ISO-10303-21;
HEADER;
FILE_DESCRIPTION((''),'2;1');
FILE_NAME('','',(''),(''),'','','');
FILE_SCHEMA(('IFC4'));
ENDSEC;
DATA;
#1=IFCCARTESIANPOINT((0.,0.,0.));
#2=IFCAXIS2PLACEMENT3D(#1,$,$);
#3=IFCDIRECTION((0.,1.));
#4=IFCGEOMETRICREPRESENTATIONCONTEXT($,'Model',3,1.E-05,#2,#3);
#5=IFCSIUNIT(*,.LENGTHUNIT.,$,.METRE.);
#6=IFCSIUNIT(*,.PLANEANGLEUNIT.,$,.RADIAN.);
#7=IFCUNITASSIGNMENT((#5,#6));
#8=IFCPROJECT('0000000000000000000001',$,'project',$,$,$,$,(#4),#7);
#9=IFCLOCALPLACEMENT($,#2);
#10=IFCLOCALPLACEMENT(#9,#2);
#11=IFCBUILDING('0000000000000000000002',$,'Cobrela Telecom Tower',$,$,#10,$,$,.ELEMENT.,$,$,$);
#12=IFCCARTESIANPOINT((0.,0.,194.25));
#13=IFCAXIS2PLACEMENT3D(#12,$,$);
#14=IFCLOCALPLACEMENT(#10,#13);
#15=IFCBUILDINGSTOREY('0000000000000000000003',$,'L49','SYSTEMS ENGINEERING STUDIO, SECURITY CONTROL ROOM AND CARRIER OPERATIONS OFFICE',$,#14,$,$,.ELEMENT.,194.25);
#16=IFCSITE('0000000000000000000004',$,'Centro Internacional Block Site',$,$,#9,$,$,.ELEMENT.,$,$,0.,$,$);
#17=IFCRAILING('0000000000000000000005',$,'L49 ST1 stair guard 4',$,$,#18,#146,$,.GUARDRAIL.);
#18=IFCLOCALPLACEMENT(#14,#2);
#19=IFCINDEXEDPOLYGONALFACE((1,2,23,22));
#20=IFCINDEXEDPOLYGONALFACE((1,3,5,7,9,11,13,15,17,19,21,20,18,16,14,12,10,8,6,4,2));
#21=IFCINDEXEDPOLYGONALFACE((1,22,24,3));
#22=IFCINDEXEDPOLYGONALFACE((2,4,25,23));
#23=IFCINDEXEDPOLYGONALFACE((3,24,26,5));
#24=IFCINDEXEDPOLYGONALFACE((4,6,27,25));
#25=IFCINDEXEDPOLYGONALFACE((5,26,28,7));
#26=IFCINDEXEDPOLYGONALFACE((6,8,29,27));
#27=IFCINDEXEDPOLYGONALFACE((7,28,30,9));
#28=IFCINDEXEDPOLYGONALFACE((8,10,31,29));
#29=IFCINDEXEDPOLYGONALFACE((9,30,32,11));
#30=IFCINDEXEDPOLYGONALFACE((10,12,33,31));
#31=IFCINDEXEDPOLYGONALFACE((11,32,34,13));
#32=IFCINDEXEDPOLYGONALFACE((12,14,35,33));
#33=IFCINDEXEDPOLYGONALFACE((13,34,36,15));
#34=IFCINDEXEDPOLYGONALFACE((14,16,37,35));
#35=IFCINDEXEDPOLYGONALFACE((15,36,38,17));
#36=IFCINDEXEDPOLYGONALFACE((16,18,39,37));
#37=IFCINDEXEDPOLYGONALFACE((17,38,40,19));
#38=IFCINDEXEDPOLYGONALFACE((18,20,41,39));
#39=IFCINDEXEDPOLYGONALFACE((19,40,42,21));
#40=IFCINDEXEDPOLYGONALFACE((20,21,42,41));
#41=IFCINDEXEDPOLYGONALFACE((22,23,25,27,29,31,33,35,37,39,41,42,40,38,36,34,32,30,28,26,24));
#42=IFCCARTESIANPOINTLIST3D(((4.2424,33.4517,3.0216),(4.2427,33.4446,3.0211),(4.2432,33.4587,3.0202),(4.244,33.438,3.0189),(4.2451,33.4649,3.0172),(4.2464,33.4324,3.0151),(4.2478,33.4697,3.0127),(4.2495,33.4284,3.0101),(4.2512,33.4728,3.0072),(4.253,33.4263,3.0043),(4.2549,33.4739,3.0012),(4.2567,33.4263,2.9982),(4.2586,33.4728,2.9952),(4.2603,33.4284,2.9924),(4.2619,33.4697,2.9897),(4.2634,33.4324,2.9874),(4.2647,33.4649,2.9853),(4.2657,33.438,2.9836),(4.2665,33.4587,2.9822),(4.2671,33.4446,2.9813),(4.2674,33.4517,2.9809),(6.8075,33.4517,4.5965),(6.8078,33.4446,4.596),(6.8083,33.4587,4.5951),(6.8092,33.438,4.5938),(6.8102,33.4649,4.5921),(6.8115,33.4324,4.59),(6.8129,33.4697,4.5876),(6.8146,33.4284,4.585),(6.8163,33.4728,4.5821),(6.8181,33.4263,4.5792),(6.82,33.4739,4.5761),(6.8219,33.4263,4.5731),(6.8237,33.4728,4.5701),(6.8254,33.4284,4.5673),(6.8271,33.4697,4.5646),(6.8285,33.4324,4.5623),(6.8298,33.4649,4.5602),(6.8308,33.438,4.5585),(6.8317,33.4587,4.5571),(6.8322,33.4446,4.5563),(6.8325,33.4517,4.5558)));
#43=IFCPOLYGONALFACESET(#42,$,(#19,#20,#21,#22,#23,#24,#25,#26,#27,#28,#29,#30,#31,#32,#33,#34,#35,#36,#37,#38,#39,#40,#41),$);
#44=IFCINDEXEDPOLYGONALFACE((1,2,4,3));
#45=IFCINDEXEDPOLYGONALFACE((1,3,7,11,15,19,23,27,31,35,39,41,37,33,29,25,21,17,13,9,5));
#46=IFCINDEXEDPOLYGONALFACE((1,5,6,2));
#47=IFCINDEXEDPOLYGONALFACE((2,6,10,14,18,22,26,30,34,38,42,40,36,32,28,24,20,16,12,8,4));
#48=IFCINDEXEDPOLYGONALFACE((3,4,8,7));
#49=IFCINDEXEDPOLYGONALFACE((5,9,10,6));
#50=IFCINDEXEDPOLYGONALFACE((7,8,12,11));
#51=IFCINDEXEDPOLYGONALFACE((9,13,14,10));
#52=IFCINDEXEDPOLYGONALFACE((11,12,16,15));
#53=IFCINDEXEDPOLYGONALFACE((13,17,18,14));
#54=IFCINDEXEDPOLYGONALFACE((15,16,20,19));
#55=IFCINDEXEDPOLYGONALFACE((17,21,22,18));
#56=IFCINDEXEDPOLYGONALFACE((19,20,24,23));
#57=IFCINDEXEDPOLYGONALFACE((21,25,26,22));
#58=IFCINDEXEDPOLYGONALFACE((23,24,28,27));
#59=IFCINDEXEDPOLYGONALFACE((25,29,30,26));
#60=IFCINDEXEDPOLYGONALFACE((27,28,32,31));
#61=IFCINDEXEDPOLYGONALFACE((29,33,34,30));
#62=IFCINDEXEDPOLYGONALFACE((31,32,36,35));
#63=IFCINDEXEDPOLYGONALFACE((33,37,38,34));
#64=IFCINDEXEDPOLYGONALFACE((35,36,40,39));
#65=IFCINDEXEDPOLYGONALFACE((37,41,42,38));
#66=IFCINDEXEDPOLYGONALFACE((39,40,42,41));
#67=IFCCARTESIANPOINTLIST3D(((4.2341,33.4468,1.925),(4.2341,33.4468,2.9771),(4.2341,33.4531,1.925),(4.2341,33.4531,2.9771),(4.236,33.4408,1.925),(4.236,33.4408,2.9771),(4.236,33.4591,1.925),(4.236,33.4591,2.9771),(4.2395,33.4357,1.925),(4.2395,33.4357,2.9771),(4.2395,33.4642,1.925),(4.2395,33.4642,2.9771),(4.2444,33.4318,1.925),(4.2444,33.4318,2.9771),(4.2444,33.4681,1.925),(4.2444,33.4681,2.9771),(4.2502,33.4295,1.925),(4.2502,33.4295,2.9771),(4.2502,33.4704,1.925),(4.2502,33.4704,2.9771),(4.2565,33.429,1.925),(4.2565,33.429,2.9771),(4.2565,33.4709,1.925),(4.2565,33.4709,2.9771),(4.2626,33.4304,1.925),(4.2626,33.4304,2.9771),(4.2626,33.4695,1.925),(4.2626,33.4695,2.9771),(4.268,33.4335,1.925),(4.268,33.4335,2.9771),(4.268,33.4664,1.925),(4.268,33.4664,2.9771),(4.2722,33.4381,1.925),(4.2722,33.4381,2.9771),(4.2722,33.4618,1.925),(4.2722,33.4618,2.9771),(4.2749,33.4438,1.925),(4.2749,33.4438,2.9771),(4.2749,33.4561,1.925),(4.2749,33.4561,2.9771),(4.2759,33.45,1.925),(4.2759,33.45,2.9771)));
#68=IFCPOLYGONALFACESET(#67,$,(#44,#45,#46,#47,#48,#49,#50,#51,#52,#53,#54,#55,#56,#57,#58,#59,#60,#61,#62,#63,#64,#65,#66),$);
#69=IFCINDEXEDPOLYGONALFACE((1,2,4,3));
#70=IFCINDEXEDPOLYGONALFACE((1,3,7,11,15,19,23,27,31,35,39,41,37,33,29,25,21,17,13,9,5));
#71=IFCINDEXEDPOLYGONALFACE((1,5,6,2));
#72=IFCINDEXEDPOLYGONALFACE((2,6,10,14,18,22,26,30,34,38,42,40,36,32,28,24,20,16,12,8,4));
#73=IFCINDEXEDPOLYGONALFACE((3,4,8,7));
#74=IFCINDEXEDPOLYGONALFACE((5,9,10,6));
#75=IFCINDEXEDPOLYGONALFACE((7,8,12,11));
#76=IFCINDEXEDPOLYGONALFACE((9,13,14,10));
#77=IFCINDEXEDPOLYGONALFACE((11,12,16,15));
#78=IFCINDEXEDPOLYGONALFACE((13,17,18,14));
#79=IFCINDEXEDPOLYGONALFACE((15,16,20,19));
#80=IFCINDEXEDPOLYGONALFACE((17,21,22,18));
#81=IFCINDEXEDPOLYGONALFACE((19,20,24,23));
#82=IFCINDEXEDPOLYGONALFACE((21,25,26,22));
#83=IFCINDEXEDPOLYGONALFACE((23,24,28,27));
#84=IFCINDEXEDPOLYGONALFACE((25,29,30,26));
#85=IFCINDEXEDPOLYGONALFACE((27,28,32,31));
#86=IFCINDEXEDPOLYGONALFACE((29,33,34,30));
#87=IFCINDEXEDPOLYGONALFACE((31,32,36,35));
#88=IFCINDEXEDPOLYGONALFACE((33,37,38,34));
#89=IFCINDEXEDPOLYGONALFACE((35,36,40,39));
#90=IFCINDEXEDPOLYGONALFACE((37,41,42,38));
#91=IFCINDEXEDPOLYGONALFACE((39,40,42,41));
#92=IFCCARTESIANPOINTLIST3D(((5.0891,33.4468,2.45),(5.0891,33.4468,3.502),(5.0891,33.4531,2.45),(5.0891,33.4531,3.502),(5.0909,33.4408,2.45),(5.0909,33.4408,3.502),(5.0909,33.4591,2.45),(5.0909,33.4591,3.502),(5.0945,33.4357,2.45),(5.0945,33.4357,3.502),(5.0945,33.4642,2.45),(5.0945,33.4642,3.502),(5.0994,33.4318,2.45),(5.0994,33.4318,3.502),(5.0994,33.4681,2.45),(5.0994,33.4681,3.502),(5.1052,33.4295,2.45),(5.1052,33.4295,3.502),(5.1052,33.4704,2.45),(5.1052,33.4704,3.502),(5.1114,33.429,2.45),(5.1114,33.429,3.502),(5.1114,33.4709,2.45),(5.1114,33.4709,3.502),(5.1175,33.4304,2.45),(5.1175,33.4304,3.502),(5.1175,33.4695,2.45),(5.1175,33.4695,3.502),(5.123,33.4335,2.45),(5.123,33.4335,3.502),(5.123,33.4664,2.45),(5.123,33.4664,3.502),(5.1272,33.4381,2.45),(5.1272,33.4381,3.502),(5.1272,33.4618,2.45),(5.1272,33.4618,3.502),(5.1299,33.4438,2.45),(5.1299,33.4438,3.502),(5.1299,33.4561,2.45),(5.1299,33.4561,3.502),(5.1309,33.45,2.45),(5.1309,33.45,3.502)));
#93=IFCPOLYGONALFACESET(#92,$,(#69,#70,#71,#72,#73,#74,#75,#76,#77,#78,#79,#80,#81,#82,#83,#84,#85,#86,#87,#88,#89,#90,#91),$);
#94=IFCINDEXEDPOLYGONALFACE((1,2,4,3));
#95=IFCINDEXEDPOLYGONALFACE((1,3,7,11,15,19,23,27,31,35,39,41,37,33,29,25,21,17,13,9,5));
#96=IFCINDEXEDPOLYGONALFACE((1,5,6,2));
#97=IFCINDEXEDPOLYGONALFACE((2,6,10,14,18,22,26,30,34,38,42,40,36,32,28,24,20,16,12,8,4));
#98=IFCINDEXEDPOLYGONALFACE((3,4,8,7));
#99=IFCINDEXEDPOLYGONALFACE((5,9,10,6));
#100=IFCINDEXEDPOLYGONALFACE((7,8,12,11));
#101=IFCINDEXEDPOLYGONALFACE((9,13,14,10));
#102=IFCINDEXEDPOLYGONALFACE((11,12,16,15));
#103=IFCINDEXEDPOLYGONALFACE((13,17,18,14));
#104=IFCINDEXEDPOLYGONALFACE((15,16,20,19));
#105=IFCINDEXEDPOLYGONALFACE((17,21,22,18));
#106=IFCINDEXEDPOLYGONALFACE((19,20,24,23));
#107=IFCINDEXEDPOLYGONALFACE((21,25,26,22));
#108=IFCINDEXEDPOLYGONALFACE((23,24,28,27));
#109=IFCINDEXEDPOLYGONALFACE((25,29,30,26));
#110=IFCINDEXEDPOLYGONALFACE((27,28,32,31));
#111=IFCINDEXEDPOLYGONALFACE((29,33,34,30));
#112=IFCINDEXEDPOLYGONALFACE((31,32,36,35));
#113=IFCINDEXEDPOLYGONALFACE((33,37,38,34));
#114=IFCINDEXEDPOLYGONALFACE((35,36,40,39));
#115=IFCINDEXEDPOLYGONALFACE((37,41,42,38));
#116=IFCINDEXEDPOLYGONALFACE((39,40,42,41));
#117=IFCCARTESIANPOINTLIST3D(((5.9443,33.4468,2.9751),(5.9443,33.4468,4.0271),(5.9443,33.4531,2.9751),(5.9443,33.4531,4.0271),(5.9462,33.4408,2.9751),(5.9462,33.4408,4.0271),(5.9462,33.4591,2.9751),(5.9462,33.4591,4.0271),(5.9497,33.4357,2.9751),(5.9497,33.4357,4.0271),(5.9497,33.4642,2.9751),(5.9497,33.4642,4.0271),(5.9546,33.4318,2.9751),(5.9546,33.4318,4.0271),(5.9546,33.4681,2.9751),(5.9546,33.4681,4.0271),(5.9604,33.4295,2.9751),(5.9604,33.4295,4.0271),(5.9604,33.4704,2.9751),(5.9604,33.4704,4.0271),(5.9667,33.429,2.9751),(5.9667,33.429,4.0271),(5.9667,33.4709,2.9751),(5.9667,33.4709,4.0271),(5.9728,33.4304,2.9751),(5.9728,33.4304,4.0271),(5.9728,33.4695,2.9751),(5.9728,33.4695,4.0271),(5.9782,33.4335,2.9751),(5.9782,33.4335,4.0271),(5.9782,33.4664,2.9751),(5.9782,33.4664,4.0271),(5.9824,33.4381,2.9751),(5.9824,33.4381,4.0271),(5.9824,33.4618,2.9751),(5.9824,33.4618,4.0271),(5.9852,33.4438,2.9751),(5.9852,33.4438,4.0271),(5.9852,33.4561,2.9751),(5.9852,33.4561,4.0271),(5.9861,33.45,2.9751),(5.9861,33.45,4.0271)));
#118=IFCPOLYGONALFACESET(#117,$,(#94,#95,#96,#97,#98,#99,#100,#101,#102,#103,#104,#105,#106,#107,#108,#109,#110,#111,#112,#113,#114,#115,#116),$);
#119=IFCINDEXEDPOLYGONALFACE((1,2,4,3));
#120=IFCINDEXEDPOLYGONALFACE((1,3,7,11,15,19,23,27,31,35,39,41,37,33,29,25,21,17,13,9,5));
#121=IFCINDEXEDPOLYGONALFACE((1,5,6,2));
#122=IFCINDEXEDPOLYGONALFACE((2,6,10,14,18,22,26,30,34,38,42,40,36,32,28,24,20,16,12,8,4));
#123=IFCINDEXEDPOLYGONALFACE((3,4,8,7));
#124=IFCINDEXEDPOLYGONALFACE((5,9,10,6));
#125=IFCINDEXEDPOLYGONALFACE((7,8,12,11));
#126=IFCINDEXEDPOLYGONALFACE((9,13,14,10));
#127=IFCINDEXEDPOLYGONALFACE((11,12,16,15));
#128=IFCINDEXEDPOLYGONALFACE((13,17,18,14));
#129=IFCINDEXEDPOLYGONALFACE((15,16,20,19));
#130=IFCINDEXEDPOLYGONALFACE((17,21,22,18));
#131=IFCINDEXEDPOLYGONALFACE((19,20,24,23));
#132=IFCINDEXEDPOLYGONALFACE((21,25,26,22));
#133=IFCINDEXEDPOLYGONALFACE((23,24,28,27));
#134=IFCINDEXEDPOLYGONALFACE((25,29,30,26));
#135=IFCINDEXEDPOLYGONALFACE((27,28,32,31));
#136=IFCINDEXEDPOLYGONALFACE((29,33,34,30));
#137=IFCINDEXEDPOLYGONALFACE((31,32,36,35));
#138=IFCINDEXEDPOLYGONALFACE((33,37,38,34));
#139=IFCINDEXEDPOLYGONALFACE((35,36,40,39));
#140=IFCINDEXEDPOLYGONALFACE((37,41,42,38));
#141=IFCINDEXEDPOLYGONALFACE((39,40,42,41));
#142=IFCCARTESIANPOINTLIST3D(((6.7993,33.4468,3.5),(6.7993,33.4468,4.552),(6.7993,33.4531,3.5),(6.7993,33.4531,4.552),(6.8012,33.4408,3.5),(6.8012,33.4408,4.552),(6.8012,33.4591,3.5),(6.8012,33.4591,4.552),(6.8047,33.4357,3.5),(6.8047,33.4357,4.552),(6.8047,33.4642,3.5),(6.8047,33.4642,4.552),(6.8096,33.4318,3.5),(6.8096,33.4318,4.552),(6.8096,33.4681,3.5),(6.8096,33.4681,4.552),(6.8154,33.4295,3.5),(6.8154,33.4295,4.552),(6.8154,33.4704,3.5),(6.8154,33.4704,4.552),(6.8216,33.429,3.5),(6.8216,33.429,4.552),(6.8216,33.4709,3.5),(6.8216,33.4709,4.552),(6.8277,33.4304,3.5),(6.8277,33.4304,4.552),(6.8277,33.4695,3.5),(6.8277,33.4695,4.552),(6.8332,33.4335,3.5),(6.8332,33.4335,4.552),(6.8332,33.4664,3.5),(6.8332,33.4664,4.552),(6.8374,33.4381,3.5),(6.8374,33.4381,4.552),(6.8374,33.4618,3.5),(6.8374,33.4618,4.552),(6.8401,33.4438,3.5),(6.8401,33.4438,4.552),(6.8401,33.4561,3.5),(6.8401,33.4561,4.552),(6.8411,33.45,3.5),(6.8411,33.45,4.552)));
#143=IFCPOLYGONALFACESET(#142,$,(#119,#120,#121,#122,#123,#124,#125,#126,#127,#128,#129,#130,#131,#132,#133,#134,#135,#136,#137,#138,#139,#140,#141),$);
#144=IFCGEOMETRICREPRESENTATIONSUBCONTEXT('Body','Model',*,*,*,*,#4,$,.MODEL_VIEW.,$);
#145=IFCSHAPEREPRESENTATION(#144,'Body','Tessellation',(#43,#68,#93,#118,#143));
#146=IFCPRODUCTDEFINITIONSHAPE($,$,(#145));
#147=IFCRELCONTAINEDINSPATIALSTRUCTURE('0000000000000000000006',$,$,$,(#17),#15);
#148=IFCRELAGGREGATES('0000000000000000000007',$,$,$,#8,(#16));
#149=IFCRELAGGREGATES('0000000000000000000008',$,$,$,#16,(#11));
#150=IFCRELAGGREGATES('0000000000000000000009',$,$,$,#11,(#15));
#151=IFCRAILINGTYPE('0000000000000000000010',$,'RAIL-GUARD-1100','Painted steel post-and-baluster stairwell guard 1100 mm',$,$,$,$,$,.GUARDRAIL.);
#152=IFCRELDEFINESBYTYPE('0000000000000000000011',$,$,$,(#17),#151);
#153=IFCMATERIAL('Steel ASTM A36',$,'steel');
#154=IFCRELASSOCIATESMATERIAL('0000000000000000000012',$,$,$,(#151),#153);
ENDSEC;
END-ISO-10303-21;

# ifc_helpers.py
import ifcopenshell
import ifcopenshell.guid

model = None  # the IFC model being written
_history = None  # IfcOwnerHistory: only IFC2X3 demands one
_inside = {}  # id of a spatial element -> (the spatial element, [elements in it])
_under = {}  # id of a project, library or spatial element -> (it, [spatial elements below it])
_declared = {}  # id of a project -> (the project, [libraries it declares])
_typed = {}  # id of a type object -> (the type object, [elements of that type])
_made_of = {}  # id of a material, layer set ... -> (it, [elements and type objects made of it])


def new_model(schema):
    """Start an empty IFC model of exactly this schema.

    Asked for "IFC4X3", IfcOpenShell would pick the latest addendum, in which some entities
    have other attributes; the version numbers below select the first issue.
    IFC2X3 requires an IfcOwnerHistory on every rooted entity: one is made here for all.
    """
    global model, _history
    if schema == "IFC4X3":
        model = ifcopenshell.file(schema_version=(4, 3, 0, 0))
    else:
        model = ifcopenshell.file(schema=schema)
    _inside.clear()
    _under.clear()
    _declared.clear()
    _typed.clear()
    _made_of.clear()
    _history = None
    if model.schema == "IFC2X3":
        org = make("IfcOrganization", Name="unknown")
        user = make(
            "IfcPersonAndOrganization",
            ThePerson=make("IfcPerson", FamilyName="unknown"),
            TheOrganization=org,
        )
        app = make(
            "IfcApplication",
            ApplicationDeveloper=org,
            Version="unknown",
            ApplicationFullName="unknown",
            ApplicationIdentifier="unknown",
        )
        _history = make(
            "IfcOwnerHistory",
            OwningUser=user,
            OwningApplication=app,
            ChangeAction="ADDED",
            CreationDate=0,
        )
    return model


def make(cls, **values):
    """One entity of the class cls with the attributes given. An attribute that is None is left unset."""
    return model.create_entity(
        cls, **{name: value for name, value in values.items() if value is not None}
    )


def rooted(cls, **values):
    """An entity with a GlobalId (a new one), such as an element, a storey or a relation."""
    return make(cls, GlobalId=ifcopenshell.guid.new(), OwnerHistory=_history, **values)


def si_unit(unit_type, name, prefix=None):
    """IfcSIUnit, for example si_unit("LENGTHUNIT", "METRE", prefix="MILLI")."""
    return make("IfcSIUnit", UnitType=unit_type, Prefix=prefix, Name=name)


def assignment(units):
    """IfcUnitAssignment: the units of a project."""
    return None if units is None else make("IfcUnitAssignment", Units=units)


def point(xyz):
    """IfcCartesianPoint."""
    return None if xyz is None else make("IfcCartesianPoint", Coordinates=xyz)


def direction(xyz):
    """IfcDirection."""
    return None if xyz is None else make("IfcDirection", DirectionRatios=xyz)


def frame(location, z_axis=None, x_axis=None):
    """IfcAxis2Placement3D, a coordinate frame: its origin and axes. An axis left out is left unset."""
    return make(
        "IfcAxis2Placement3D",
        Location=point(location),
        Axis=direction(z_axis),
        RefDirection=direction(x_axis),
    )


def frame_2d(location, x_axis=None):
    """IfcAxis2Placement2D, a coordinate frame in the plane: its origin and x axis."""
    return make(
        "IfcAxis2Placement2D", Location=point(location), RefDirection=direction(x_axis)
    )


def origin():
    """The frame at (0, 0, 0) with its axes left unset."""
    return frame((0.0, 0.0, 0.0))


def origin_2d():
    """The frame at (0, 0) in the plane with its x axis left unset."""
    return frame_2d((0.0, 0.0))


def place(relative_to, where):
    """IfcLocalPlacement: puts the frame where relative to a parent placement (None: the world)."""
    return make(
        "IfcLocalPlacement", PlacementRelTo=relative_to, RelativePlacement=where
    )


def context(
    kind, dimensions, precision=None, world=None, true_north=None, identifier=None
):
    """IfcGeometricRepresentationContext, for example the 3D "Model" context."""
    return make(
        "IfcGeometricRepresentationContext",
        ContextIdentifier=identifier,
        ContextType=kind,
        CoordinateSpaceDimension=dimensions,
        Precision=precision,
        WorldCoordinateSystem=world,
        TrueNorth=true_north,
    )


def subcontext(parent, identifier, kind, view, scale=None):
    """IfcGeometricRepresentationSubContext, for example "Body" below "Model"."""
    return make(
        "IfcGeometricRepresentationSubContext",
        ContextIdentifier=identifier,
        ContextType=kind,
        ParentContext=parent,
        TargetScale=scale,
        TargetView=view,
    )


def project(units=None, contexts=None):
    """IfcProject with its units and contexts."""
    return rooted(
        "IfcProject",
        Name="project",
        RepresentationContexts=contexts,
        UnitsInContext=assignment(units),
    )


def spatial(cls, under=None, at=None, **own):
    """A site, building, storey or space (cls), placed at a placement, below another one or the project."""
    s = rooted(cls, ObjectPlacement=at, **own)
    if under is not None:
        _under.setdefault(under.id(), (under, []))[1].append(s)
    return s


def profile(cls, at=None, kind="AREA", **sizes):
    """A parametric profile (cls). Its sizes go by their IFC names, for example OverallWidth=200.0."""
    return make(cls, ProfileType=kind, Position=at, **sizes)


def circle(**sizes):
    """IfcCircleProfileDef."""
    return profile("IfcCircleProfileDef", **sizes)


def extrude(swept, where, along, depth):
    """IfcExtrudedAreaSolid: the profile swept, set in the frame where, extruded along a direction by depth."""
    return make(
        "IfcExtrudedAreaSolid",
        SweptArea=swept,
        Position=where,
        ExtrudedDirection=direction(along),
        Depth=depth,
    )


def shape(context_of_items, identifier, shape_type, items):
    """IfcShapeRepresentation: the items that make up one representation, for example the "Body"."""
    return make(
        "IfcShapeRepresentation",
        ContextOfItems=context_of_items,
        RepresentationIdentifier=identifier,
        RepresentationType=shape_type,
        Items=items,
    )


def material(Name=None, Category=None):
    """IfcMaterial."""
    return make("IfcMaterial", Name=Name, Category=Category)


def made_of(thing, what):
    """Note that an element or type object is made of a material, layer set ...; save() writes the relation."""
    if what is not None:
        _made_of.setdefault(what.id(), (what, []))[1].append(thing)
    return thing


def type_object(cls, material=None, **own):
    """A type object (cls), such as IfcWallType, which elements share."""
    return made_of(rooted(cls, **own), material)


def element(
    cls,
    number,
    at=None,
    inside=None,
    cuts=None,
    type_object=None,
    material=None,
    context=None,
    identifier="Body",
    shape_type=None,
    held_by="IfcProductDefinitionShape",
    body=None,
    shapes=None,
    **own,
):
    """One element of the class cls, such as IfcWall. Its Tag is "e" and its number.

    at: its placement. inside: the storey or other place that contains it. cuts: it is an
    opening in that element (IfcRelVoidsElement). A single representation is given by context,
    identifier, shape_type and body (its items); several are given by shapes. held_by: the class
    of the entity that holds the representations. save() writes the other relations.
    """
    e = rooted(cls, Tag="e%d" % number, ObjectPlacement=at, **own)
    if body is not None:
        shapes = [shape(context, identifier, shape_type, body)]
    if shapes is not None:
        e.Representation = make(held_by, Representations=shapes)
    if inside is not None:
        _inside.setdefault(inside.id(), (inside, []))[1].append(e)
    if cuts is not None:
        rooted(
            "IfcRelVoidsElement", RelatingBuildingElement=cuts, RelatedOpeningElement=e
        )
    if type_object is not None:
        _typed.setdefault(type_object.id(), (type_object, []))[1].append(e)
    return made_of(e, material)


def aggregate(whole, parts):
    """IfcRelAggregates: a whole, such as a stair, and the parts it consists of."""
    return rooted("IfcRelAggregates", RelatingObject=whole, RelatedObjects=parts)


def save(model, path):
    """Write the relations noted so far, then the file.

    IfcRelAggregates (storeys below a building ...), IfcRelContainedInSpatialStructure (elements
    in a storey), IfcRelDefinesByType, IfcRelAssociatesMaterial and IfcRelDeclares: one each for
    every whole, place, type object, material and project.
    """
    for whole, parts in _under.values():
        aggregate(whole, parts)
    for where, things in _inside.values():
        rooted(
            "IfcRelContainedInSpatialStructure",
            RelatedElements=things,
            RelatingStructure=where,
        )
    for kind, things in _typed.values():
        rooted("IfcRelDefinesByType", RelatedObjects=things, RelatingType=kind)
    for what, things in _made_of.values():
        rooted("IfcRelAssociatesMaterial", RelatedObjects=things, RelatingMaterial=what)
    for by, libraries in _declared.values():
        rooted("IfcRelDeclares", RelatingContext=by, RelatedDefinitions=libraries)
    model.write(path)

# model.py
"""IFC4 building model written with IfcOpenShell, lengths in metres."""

from ifc_helpers import new_model, si_unit, direction, frame, origin, origin_2d, place, context, subcontext, project, spatial, circle, extrude, material, type_object, element, save


model = new_model("IFC4")

# Units and contexts
model_context = context("Model", 3, precision=1e-05, world=origin(), true_north=direction((0.0, 1.0)))
body_context = subcontext(model_context, "Body", "Model", "MODEL_VIEW")
ifc_project = project(units=[si_unit("LENGTHUNIT", "METRE"), si_unit("PLANEANGLEUNIT", "RADIAN")], contexts=[model_context])

# Site, building, storey
site_placement = place(None, origin())
site = spatial("IfcSite", under=ifc_project, at=site_placement, Name="Centro Internacional Block Site", CompositionType="ELEMENT", RefElevation=0.0)
building_placement = place(site_placement, origin())
building = spatial("IfcBuilding", under=site, at=building_placement, Name="Cobrela Telecom Tower", CompositionType="ELEMENT")
storey_placement = place(building_placement, frame((0.0, 0.0, 194.25)))
storey = spatial("IfcBuildingStorey", under=building, at=storey_placement, Name="L49", Description="SYSTEMS ENGINEERING STUDIO, SECURITY CONTROL ROOM AND CARRIER OPERATIONS OFFICE", CompositionType="ELEMENT", Elevation=194.25)

# Shared definitions
ifc_material_1 = material(Name="Steel ASTM A36", Category="steel")

# Railing
railing_type_1 = type_object("IfcRailingType", Name="RAIL-GUARD-1100", Description="Painted steel post-and-baluster stairwell guard 1100 mm", PredefinedType="GUARDRAIL", material=ifc_material_1)
railing_1_placement = place(storey_placement, frame((4.2549, 33.45, 1.925)))
element("IfcRailing", 1, at=railing_1_placement, inside=storey, type_object=railing_type_1, Name="L49 ST1 stair guard 4", PredefinedType="GUARDRAIL", context=body_context, shape_type="SweptSolid", body=[
    extrude(circle(Radius=0.0239, at=origin_2d()), frame((0.0, 0.0, 1.0762), z_axis=(0.852195, 0.0, 0.523224), x_axis=(0.0, 1.0, 0.0)), (0.0, 0.0, 1.0), 3.01),
    extrude(circle(Radius=0.021, at=origin_2d()), origin(), (0.0, 0.0, 1.0), 1.052),
    extrude(circle(Radius=0.021, at=origin_2d()), frame((0.855, 0.0, 0.5249)), (0.0, 0.0, 1.0), 1.052),
    extrude(circle(Radius=0.021, at=origin_2d()), frame((1.7102, 0.0, 1.05)), (0.0, 0.0, 1.0), 1.052),
    extrude(circle(Radius=0.021, at=origin_2d()), frame((2.5652, 0.0, 1.575)), (0.0, 0.0, 1.0), 1.052),
])

save(model, "model.ifc")
